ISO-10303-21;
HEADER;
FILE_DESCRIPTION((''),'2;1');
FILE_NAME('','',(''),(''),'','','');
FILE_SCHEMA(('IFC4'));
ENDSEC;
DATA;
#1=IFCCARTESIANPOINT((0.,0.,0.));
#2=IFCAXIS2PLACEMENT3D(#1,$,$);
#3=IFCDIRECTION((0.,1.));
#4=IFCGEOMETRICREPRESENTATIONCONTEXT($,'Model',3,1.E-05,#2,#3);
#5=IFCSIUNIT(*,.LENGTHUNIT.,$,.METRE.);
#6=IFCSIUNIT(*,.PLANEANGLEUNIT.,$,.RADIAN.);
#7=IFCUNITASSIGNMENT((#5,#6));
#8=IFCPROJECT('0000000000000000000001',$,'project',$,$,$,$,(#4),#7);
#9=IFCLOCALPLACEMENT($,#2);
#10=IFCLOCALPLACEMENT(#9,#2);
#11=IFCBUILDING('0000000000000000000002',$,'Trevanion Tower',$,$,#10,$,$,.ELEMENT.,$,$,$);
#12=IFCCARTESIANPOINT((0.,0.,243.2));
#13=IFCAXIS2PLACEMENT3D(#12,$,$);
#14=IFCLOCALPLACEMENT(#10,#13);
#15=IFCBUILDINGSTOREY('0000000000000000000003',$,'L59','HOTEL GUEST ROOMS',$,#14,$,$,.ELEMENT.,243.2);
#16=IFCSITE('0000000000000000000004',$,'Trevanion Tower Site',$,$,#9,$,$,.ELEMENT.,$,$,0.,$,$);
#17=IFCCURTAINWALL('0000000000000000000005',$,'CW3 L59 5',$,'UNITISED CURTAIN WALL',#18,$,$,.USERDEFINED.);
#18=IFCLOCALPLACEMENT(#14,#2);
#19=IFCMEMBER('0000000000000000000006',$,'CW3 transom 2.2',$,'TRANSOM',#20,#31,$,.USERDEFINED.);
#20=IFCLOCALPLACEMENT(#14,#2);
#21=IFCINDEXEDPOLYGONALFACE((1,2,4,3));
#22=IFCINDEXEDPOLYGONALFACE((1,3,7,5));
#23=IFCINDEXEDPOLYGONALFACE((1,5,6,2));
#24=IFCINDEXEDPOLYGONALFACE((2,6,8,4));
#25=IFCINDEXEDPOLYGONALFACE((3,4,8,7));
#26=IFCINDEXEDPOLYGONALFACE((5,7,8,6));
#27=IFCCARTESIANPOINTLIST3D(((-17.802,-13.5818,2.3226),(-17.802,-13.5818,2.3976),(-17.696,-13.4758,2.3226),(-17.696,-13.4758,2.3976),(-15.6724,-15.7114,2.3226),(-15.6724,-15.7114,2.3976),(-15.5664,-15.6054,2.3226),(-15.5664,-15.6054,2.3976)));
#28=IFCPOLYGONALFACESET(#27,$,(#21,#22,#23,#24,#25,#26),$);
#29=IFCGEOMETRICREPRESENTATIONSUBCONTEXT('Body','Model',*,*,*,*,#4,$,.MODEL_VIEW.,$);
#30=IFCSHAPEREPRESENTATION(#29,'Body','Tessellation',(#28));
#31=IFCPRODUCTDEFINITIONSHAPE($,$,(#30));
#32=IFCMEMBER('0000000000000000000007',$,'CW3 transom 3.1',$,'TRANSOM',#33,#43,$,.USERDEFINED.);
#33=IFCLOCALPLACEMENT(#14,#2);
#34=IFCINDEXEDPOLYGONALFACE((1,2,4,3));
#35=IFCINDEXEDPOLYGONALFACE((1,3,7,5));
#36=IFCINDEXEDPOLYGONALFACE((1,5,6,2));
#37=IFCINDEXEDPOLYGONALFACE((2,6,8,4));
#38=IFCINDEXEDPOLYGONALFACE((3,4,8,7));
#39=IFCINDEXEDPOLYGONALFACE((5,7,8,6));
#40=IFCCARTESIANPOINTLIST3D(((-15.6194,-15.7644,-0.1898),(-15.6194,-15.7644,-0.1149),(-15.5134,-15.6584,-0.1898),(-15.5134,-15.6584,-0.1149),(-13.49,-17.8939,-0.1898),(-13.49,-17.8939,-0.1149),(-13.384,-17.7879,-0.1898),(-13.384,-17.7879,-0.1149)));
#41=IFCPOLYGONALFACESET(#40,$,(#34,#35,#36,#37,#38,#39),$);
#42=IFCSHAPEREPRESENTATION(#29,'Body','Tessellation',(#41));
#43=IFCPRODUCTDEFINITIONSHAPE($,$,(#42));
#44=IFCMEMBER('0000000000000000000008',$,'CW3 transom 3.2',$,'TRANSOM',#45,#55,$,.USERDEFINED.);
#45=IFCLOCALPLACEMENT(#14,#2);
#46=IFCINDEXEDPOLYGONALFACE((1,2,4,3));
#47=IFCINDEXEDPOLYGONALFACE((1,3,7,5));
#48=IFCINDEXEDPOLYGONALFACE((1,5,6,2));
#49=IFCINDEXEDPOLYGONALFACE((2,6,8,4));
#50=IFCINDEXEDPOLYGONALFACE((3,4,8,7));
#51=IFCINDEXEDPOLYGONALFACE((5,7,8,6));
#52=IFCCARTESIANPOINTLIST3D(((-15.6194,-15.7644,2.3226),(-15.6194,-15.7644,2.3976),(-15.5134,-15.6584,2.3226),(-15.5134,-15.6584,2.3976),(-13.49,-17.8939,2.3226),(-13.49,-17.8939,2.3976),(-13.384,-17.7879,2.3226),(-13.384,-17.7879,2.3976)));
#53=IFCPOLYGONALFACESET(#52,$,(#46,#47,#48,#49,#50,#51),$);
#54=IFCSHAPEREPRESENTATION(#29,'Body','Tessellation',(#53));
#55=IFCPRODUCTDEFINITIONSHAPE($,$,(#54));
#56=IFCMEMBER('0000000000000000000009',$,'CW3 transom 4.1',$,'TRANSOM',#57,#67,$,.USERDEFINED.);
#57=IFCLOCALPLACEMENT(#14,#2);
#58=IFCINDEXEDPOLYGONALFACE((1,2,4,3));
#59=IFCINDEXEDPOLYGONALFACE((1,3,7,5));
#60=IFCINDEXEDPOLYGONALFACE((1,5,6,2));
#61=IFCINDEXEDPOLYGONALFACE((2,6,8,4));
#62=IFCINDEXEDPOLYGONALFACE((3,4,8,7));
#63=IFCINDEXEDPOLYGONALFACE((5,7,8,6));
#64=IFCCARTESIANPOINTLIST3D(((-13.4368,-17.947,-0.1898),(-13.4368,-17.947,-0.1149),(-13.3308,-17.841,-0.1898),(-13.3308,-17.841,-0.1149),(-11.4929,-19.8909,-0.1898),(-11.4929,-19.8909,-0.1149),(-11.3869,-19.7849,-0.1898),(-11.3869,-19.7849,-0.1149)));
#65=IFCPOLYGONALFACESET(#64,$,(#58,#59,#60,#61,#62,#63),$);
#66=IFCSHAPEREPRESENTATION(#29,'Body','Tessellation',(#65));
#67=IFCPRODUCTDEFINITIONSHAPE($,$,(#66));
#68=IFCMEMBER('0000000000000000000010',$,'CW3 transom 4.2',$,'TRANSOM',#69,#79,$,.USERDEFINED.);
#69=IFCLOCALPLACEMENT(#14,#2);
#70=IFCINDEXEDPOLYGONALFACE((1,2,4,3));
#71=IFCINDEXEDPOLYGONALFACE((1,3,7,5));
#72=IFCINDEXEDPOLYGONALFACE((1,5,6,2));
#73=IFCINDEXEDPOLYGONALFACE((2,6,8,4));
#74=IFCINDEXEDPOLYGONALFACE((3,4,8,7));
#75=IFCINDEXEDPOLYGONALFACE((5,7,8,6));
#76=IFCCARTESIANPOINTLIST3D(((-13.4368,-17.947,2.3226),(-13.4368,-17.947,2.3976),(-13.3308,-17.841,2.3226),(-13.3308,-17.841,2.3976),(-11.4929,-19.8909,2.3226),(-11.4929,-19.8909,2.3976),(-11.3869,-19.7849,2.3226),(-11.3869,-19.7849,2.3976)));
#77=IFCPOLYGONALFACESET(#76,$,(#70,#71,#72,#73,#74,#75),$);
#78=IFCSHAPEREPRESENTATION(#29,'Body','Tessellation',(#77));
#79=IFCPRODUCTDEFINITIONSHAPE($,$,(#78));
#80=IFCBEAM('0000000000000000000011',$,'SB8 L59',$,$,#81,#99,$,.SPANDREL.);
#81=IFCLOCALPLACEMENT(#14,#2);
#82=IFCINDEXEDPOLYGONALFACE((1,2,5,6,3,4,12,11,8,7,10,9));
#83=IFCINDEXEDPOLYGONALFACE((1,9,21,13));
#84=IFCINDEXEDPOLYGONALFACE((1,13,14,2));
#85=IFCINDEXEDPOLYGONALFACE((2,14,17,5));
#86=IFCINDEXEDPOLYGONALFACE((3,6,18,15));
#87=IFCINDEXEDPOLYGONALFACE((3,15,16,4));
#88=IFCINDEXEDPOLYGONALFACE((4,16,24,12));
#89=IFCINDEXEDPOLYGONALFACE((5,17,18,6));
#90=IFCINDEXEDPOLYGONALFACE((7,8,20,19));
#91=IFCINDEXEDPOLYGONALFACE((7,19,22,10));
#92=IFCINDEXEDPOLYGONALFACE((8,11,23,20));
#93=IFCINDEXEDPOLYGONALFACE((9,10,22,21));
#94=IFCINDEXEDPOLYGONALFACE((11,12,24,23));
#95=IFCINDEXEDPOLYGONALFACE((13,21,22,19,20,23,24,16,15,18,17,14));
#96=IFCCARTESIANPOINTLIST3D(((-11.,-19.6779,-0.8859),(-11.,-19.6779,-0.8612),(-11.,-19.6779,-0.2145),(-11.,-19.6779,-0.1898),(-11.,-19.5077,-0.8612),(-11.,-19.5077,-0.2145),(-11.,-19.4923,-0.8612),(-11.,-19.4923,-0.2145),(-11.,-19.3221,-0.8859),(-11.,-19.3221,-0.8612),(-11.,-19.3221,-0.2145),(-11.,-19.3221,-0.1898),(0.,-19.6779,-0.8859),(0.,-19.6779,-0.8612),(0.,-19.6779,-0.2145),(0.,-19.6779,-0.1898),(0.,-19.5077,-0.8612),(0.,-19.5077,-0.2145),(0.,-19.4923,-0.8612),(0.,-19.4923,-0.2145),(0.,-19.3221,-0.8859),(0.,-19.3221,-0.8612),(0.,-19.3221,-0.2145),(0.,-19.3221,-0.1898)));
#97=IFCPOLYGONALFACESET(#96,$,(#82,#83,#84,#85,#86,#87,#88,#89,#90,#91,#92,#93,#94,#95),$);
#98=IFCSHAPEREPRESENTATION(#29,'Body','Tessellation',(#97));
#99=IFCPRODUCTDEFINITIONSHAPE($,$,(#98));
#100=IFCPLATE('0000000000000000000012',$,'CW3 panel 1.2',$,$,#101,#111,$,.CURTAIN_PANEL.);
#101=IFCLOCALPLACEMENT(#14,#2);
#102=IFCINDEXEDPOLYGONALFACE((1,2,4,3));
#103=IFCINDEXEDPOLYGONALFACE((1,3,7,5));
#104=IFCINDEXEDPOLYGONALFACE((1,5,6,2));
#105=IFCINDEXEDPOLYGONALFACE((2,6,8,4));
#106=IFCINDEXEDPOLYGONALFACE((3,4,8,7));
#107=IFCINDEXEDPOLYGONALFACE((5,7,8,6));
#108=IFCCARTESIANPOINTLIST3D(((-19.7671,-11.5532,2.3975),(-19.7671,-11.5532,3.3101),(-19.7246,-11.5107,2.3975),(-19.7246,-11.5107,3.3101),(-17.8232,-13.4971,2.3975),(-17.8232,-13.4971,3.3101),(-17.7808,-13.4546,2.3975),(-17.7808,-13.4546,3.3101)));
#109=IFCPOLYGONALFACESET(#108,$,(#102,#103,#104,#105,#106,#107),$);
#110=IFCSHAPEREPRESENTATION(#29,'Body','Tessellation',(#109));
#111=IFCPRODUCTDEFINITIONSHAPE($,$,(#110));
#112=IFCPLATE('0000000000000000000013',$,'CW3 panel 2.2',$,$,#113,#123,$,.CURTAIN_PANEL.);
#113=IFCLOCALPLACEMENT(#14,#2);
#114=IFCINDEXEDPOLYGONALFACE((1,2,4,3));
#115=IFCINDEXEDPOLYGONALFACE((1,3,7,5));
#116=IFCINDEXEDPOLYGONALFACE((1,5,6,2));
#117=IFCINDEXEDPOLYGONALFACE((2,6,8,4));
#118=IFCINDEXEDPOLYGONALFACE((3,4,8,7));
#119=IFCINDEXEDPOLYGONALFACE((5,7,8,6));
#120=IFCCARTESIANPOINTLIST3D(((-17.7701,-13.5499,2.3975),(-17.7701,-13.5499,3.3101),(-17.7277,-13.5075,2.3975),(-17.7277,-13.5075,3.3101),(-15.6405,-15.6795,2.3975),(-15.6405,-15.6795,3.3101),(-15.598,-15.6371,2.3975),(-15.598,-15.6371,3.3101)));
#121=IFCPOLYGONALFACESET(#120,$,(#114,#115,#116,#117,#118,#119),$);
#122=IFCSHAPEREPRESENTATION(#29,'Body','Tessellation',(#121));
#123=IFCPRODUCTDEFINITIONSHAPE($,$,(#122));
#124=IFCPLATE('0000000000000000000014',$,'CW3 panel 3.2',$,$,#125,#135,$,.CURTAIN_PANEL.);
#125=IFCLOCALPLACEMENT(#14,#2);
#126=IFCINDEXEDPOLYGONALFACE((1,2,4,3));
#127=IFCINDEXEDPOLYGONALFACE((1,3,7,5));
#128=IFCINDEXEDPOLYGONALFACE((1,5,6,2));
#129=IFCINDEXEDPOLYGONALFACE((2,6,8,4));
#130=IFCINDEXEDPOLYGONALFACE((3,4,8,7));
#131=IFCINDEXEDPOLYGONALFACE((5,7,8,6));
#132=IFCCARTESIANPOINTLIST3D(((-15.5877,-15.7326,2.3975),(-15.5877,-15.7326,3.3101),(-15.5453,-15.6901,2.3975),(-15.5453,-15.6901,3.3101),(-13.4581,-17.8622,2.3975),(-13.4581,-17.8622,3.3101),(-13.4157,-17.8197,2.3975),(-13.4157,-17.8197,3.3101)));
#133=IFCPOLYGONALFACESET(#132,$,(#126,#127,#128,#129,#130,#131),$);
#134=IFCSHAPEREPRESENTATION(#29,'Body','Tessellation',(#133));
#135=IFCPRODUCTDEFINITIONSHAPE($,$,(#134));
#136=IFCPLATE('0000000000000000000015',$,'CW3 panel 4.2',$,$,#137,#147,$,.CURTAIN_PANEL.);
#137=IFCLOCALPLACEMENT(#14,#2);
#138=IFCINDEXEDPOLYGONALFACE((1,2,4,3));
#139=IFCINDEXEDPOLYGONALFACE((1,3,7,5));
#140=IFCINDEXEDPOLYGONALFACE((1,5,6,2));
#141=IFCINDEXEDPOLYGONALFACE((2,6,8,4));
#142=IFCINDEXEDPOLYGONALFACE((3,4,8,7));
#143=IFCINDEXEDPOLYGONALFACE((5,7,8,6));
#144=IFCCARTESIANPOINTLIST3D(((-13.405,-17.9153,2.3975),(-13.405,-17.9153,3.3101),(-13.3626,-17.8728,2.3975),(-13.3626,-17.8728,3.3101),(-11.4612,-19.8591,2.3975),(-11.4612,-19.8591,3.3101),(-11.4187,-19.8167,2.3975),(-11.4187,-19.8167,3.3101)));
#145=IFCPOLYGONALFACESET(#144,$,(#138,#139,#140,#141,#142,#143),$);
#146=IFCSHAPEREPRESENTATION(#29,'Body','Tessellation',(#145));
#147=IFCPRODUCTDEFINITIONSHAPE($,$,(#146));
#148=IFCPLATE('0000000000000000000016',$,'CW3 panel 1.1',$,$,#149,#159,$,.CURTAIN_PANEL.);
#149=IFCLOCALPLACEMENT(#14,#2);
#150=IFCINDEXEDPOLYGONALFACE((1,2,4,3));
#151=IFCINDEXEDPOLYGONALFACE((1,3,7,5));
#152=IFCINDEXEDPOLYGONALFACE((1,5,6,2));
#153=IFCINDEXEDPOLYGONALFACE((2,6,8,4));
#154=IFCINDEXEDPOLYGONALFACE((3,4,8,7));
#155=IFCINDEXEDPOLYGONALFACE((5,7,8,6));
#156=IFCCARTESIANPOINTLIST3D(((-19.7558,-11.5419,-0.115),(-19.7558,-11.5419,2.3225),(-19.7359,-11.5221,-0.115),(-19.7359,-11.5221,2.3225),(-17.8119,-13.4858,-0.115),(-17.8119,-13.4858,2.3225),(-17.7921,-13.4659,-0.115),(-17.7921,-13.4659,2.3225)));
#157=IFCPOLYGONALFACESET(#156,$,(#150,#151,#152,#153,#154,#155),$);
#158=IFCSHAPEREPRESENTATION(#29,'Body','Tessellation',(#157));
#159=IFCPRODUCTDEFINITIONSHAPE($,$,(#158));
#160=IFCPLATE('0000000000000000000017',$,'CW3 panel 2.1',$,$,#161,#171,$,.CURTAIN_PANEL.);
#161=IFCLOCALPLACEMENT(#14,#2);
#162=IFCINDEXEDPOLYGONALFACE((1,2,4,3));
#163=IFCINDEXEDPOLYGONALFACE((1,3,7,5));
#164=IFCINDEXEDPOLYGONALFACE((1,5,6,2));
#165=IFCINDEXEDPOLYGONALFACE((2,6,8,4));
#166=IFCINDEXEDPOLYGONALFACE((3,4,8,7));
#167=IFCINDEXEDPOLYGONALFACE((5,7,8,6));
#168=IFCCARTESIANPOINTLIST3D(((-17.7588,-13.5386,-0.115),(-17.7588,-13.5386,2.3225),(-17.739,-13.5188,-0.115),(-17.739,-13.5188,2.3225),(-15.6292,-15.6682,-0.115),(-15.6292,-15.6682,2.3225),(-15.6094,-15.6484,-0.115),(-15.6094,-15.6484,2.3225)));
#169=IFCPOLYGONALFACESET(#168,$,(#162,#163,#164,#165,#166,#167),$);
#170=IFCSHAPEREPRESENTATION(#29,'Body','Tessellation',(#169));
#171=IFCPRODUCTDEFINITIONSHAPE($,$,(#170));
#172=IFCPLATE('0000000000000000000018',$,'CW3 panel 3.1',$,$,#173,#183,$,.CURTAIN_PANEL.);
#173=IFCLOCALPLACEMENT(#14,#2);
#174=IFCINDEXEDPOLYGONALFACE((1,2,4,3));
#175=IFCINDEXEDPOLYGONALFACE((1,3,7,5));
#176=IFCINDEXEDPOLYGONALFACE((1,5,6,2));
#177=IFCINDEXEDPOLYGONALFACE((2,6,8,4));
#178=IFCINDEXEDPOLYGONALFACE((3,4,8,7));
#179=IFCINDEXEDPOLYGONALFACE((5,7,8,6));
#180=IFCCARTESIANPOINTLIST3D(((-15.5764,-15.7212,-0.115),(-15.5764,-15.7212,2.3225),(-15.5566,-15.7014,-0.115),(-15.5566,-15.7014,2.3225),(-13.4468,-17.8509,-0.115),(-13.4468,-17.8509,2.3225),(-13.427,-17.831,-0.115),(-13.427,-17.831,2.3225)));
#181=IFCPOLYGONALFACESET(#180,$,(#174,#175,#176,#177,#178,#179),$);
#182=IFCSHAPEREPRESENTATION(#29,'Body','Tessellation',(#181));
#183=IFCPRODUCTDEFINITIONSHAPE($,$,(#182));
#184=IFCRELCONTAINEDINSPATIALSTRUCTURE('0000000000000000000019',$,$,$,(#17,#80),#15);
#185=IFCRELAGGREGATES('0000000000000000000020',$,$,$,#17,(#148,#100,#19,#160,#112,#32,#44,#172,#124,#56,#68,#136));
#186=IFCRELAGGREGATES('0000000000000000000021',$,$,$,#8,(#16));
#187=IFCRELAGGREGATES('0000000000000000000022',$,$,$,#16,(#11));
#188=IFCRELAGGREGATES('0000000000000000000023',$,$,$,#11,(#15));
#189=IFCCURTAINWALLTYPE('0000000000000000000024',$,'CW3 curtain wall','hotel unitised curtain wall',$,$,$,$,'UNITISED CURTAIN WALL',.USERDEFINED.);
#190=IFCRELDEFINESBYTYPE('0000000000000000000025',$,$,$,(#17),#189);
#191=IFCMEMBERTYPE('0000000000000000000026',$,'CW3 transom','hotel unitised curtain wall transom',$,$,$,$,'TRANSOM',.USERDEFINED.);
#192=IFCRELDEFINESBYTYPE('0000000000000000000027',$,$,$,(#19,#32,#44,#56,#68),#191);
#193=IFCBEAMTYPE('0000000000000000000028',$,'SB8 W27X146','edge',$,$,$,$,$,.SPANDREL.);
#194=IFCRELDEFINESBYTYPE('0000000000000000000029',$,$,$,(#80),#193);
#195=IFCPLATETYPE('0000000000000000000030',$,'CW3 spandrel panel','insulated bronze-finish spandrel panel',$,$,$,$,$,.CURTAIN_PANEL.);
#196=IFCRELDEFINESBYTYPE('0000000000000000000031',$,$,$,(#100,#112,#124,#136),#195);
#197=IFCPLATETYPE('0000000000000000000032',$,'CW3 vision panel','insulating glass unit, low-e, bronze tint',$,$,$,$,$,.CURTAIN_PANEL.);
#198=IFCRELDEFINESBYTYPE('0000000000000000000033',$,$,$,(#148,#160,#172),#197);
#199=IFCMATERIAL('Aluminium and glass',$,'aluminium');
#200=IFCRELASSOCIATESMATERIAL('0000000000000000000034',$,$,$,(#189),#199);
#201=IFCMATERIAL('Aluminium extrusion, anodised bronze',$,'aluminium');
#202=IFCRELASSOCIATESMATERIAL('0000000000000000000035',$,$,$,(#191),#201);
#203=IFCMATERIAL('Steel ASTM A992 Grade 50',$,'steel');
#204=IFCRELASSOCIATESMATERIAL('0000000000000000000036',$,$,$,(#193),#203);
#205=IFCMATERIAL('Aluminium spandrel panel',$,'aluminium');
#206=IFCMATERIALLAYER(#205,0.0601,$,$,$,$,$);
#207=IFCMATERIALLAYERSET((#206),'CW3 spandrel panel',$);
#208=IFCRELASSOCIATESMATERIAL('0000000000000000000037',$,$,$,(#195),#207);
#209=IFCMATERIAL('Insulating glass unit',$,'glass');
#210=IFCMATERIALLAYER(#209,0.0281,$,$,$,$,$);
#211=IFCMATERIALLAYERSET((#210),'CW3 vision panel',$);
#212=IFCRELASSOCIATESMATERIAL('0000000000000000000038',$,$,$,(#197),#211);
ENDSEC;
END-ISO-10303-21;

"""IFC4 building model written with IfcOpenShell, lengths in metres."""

from ifc_helpers import new_model, si_unit, direction, frame, origin, origin_2d, place, context, subcontext, project, spatial, rectangle, i_section, extrude, material, layer, layer_set, material_profile, profile_set, type_object, element, aggregate, save


model = new_model("IFC4")

# Units and contexts
model_context = context("Model", 3, precision=1e-05, world=origin(), true_north=direction((0.0, 1.0)))
body_context = subcontext(model_context, "Body", "Model", "MODEL_VIEW")
ifc_project = project(units=[si_unit("LENGTHUNIT", "METRE"), si_unit("PLANEANGLEUNIT", "RADIAN")], contexts=[model_context])

# Site, building, storey
site_placement = place(None, origin())
site = spatial("IfcSite", under=ifc_project, at=site_placement, Name="Trevanion Tower Site", CompositionType="ELEMENT", RefElevation=0.0)
building_placement = place(site_placement, origin())
building = spatial("IfcBuilding", under=site, at=building_placement, Name="Trevanion Tower", CompositionType="ELEMENT")
storey_placement = place(building_placement, frame((0.0, 0.0, 243.2)))
storey = spatial("IfcBuildingStorey", under=building, at=storey_placement, Name="L59", Description="HOTEL GUEST ROOMS", CompositionType="ELEMENT", Elevation=243.2)

# Curtain wall
ifc_material_1 = material(Name="Aluminium and glass", Category="aluminium")
curtain_wall_type = type_object("IfcCurtainWallType", Name="CW3 curtain wall", Description="hotel unitised curtain wall", ElementType="UNITISED CURTAIN WALL", PredefinedType="USERDEFINED", material=ifc_material_1)
curtain_wall_1_placement = place(storey_placement, origin())
curtain_wall_1 = element("IfcCurtainWall", 1, at=curtain_wall_1_placement, inside=storey, type_object=curtain_wall_type, Name="CW3 L59 5", ObjectType="UNITISED CURTAIN WALL", PredefinedType="USERDEFINED")

# Members
ifc_material_2 = material(Name="Aluminium extrusion, anodised bronze", Category="aluminium")
ifc_material_profile_1 = material_profile(ifc_material_2, rectangle(XDim=0.1499, YDim=0.075, at=origin_2d()), Name="CW3 transom")
ifc_profile_set_1 = profile_set([ifc_material_profile_1], Name="Aluminium extrusion, anodised bronze")
member_type_1 = type_object("IfcMemberType", Name="CW3 transom", Description="hotel unitised curtain wall transom", ElementType="TRANSOM", PredefinedType="USERDEFINED", material=ifc_profile_set_1)
member_1_placement = place(storey_placement, frame((-17.749, -13.5288, 2.3601), z_axis=(0.707107, -0.707107, 0.0), x_axis=(0.707107, 0.707107, 0.0)))
member_1 = element("IfcMember", 2, at=member_1_placement, type_object=member_type_1, Name="CW3 transom 2.2", ObjectType="TRANSOM", PredefinedType="USERDEFINED", context=body_context, shape_type="SweptSolid", body=[
    extrude(rectangle(XDim=0.1499, YDim=0.075, at=origin_2d()), origin(), (0.0, 0.0, 1.0), 3.0117),
])
member_2_placement = place(storey_placement, frame((-15.5664, -15.7114, -0.1523), z_axis=(0.707107, -0.707107, 0.0), x_axis=(0.707107, 0.707107, 0.0)))
member_2 = element("IfcMember", 3, at=member_2_placement, type_object=member_type_1, Name="CW3 transom 3.1", ObjectType="TRANSOM", PredefinedType="USERDEFINED", context=body_context, shape_type="SweptSolid", body=[
    extrude(rectangle(XDim=0.1499, YDim=0.075, at=origin_2d()), origin(), (0.0, 0.0, 1.0), 3.0115),
])
member_3_placement = place(storey_placement, frame((-15.5664, -15.7114, 2.3601), z_axis=(0.707107, -0.707107, 0.0), x_axis=(0.707107, 0.707107, 0.0)))
member_3 = element("IfcMember", 4, at=member_3_placement, type_object=member_type_1, Name="CW3 transom 3.2", ObjectType="TRANSOM", PredefinedType="USERDEFINED", context=body_context, shape_type="SweptSolid", body=[
    extrude(rectangle(XDim=0.1499, YDim=0.075, at=origin_2d()), origin(), (0.0, 0.0, 1.0), 3.0115),
])
member_4_placement = place(storey_placement, frame((-13.3838, -17.894, -0.1523), z_axis=(0.707107, -0.707107, 0.0), x_axis=(0.707107, 0.707107, 0.0)))
member_4 = element("IfcMember", 5, at=member_4_placement, type_object=member_type_1, Name="CW3 transom 4.1", ObjectType="TRANSOM", PredefinedType="USERDEFINED", context=body_context, shape_type="SweptSolid", body=[
    extrude(rectangle(XDim=0.1499, YDim=0.075, at=origin_2d()), origin(), (0.0, 0.0, 1.0), 2.749),
])
member_5_placement = place(storey_placement, frame((-13.3838, -17.894, 2.3601), z_axis=(0.707107, -0.707107, 0.0), x_axis=(0.707107, 0.707107, 0.0)))
member_5 = element("IfcMember", 6, at=member_5_placement, type_object=member_type_1, Name="CW3 transom 4.2", ObjectType="TRANSOM", PredefinedType="USERDEFINED", context=body_context, shape_type="SweptSolid", body=[
    extrude(rectangle(XDim=0.1499, YDim=0.075, at=origin_2d()), origin(), (0.0, 0.0, 1.0), 2.749),
])

# Beam
ifc_material_3 = material(Name="Steel ASTM A992 Grade 50", Category="steel")
ifc_material_profile_2 = material_profile(ifc_material_3, i_section(OverallWidth=0.3557, OverallDepth=0.696, WebThickness=0.0154, FlangeThickness=0.0247, at=origin_2d()), Name="W27X146")
ifc_profile_set_2 = profile_set([ifc_material_profile_2], Name="Steel ASTM A992 Grade 50")
beam_type_1 = type_object("IfcBeamType", Name="SB8 W27X146", Description="edge", PredefinedType="SPANDREL", material=ifc_profile_set_2)
beam_1_placement = place(storey_placement, frame((-11.0, -19.5, -0.5378), z_axis=(1.0, 0.0, 0.0), x_axis=(0.0, 1.0, 0.0)))
element("IfcBeam", 7, at=beam_1_placement, inside=storey, type_object=beam_type_1, Name="SB8 L59", PredefinedType="SPANDREL", context=body_context, shape_type="SweptSolid", body=[
    extrude(i_section(OverallWidth=0.3557, OverallDepth=0.696, WebThickness=0.0154, FlangeThickness=0.0247, at=origin_2d()), origin(), (0.0, 0.0, 1.0), 11.0),
])

# Plates
ifc_material_4 = material(Name="Aluminium spandrel panel", Category="aluminium")
ifc_layer_1 = layer(ifc_material_4, 0.0601)
ifc_layer_set_1 = layer_set([ifc_layer_1], Name="CW3 spandrel panel")
plate_type_1 = type_object("IfcPlateType", Name="CW3 spandrel panel", Description="insulated bronze-finish spandrel panel", PredefinedType="CURTAIN_PANEL", material=ifc_layer_set_1)
plate_1_placement = place(storey_placement, frame((-18.7739, -12.5039, 2.3975), z_axis=(0.0, 0.0, 1.0), x_axis=(0.707107, -0.707107, 0.0)))
plate_1 = element("IfcPlate", 8, at=plate_1_placement, type_object=plate_type_1, Name="CW3 panel 1.2", PredefinedType="CURTAIN_PANEL", context=body_context, shape_type="SweptSolid", body=[
    extrude(rectangle(XDim=2.749, YDim=0.0601, at=origin_2d()), origin(), (0.0, 0.0, 1.0), 0.9126),
])
plate_2_placement = place(storey_placement, frame((-16.6841, -14.5935, 2.3975), z_axis=(0.0, 0.0, 1.0), x_axis=(0.707107, -0.707107, 0.0)))
plate_2 = element("IfcPlate", 9, at=plate_2_placement, type_object=plate_type_1, Name="CW3 panel 2.2", PredefinedType="CURTAIN_PANEL", context=body_context, shape_type="SweptSolid", body=[
    extrude(rectangle(XDim=3.0117, YDim=0.0601, at=origin_2d()), origin(), (0.0, 0.0, 1.0), 0.9126),
])
plate_3_placement = place(storey_placement, frame((-14.5017, -16.7761, 2.3975), z_axis=(0.0, 0.0, 1.0), x_axis=(0.707107, -0.707107, 0.0)))
plate_3 = element("IfcPlate", 10, at=plate_3_placement, type_object=plate_type_1, Name="CW3 panel 3.2", PredefinedType="CURTAIN_PANEL", context=body_context, shape_type="SweptSolid", body=[
    extrude(rectangle(XDim=3.0117, YDim=0.0601, at=origin_2d()), origin(), (0.0, 0.0, 1.0), 0.9126),
])
plate_4_placement = place(storey_placement, frame((-12.4119, -18.866, 2.3975), z_axis=(0.0, 0.0, 1.0), x_axis=(0.707107, -0.707107, 0.0)))
plate_4 = element("IfcPlate", 11, at=plate_4_placement, type_object=plate_type_1, Name="CW3 panel 4.2", PredefinedType="CURTAIN_PANEL", context=body_context, shape_type="SweptSolid", body=[
    extrude(rectangle(XDim=2.749, YDim=0.0601, at=origin_2d()), origin(), (0.0, 0.0, 1.0), 0.9126),
])
ifc_material_5 = material(Name="Insulating glass unit", Category="glass")
ifc_layer_2 = layer(ifc_material_5, 0.0281)
ifc_layer_set_2 = layer_set([ifc_layer_2], Name="CW3 vision panel")
plate_type_2 = type_object("IfcPlateType", Name="CW3 vision panel", Description="insulating glass unit, low-e, bronze tint", PredefinedType="CURTAIN_PANEL", material=ifc_layer_set_2)
plate_5_placement = place(storey_placement, frame((-18.7739, -12.5039, -0.115), z_axis=(0.0, 0.0, 1.0), x_axis=(0.707107, -0.707107, 0.0)))
plate_5 = element("IfcPlate", 12, at=plate_5_placement, type_object=plate_type_2, Name="CW3 panel 1.1", PredefinedType="CURTAIN_PANEL", context=body_context, shape_type="SweptSolid", body=[
    extrude(rectangle(XDim=2.749, YDim=0.0281, at=origin_2d()), origin(), (0.0, 0.0, 1.0), 2.4375),
])
plate_6_placement = place(storey_placement, frame((-16.6841, -14.5935, -0.115), z_axis=(0.0, 0.0, 1.0), x_axis=(0.707107, -0.707107, 0.0)))
plate_6 = element("IfcPlate", 13, at=plate_6_placement, type_object=plate_type_2, Name="CW3 panel 2.1", PredefinedType="CURTAIN_PANEL", context=body_context, shape_type="SweptSolid", body=[
    extrude(rectangle(XDim=3.0117, YDim=0.0281, at=origin_2d()), origin(), (0.0, 0.0, 1.0), 2.4375),
])
plate_7_placement = place(storey_placement, frame((-14.5017, -16.7761, -0.115), z_axis=(0.0, 0.0, 1.0), x_axis=(0.707107, -0.707107, 0.0)))
plate_7 = element("IfcPlate", 14, at=plate_7_placement, type_object=plate_type_2, Name="CW3 panel 3.1", PredefinedType="CURTAIN_PANEL", context=body_context, shape_type="SweptSolid", body=[
    extrude(rectangle(XDim=3.0117, YDim=0.0281, at=origin_2d()), origin(), (0.0, 0.0, 1.0), 2.4375),
])
aggregate(curtain_wall_1, [plate_5, plate_1, member_1, plate_6, plate_2, member_2, member_3, plate_7, plate_3, member_4, member_5, plate_4])

save(model, "model.ifc")
